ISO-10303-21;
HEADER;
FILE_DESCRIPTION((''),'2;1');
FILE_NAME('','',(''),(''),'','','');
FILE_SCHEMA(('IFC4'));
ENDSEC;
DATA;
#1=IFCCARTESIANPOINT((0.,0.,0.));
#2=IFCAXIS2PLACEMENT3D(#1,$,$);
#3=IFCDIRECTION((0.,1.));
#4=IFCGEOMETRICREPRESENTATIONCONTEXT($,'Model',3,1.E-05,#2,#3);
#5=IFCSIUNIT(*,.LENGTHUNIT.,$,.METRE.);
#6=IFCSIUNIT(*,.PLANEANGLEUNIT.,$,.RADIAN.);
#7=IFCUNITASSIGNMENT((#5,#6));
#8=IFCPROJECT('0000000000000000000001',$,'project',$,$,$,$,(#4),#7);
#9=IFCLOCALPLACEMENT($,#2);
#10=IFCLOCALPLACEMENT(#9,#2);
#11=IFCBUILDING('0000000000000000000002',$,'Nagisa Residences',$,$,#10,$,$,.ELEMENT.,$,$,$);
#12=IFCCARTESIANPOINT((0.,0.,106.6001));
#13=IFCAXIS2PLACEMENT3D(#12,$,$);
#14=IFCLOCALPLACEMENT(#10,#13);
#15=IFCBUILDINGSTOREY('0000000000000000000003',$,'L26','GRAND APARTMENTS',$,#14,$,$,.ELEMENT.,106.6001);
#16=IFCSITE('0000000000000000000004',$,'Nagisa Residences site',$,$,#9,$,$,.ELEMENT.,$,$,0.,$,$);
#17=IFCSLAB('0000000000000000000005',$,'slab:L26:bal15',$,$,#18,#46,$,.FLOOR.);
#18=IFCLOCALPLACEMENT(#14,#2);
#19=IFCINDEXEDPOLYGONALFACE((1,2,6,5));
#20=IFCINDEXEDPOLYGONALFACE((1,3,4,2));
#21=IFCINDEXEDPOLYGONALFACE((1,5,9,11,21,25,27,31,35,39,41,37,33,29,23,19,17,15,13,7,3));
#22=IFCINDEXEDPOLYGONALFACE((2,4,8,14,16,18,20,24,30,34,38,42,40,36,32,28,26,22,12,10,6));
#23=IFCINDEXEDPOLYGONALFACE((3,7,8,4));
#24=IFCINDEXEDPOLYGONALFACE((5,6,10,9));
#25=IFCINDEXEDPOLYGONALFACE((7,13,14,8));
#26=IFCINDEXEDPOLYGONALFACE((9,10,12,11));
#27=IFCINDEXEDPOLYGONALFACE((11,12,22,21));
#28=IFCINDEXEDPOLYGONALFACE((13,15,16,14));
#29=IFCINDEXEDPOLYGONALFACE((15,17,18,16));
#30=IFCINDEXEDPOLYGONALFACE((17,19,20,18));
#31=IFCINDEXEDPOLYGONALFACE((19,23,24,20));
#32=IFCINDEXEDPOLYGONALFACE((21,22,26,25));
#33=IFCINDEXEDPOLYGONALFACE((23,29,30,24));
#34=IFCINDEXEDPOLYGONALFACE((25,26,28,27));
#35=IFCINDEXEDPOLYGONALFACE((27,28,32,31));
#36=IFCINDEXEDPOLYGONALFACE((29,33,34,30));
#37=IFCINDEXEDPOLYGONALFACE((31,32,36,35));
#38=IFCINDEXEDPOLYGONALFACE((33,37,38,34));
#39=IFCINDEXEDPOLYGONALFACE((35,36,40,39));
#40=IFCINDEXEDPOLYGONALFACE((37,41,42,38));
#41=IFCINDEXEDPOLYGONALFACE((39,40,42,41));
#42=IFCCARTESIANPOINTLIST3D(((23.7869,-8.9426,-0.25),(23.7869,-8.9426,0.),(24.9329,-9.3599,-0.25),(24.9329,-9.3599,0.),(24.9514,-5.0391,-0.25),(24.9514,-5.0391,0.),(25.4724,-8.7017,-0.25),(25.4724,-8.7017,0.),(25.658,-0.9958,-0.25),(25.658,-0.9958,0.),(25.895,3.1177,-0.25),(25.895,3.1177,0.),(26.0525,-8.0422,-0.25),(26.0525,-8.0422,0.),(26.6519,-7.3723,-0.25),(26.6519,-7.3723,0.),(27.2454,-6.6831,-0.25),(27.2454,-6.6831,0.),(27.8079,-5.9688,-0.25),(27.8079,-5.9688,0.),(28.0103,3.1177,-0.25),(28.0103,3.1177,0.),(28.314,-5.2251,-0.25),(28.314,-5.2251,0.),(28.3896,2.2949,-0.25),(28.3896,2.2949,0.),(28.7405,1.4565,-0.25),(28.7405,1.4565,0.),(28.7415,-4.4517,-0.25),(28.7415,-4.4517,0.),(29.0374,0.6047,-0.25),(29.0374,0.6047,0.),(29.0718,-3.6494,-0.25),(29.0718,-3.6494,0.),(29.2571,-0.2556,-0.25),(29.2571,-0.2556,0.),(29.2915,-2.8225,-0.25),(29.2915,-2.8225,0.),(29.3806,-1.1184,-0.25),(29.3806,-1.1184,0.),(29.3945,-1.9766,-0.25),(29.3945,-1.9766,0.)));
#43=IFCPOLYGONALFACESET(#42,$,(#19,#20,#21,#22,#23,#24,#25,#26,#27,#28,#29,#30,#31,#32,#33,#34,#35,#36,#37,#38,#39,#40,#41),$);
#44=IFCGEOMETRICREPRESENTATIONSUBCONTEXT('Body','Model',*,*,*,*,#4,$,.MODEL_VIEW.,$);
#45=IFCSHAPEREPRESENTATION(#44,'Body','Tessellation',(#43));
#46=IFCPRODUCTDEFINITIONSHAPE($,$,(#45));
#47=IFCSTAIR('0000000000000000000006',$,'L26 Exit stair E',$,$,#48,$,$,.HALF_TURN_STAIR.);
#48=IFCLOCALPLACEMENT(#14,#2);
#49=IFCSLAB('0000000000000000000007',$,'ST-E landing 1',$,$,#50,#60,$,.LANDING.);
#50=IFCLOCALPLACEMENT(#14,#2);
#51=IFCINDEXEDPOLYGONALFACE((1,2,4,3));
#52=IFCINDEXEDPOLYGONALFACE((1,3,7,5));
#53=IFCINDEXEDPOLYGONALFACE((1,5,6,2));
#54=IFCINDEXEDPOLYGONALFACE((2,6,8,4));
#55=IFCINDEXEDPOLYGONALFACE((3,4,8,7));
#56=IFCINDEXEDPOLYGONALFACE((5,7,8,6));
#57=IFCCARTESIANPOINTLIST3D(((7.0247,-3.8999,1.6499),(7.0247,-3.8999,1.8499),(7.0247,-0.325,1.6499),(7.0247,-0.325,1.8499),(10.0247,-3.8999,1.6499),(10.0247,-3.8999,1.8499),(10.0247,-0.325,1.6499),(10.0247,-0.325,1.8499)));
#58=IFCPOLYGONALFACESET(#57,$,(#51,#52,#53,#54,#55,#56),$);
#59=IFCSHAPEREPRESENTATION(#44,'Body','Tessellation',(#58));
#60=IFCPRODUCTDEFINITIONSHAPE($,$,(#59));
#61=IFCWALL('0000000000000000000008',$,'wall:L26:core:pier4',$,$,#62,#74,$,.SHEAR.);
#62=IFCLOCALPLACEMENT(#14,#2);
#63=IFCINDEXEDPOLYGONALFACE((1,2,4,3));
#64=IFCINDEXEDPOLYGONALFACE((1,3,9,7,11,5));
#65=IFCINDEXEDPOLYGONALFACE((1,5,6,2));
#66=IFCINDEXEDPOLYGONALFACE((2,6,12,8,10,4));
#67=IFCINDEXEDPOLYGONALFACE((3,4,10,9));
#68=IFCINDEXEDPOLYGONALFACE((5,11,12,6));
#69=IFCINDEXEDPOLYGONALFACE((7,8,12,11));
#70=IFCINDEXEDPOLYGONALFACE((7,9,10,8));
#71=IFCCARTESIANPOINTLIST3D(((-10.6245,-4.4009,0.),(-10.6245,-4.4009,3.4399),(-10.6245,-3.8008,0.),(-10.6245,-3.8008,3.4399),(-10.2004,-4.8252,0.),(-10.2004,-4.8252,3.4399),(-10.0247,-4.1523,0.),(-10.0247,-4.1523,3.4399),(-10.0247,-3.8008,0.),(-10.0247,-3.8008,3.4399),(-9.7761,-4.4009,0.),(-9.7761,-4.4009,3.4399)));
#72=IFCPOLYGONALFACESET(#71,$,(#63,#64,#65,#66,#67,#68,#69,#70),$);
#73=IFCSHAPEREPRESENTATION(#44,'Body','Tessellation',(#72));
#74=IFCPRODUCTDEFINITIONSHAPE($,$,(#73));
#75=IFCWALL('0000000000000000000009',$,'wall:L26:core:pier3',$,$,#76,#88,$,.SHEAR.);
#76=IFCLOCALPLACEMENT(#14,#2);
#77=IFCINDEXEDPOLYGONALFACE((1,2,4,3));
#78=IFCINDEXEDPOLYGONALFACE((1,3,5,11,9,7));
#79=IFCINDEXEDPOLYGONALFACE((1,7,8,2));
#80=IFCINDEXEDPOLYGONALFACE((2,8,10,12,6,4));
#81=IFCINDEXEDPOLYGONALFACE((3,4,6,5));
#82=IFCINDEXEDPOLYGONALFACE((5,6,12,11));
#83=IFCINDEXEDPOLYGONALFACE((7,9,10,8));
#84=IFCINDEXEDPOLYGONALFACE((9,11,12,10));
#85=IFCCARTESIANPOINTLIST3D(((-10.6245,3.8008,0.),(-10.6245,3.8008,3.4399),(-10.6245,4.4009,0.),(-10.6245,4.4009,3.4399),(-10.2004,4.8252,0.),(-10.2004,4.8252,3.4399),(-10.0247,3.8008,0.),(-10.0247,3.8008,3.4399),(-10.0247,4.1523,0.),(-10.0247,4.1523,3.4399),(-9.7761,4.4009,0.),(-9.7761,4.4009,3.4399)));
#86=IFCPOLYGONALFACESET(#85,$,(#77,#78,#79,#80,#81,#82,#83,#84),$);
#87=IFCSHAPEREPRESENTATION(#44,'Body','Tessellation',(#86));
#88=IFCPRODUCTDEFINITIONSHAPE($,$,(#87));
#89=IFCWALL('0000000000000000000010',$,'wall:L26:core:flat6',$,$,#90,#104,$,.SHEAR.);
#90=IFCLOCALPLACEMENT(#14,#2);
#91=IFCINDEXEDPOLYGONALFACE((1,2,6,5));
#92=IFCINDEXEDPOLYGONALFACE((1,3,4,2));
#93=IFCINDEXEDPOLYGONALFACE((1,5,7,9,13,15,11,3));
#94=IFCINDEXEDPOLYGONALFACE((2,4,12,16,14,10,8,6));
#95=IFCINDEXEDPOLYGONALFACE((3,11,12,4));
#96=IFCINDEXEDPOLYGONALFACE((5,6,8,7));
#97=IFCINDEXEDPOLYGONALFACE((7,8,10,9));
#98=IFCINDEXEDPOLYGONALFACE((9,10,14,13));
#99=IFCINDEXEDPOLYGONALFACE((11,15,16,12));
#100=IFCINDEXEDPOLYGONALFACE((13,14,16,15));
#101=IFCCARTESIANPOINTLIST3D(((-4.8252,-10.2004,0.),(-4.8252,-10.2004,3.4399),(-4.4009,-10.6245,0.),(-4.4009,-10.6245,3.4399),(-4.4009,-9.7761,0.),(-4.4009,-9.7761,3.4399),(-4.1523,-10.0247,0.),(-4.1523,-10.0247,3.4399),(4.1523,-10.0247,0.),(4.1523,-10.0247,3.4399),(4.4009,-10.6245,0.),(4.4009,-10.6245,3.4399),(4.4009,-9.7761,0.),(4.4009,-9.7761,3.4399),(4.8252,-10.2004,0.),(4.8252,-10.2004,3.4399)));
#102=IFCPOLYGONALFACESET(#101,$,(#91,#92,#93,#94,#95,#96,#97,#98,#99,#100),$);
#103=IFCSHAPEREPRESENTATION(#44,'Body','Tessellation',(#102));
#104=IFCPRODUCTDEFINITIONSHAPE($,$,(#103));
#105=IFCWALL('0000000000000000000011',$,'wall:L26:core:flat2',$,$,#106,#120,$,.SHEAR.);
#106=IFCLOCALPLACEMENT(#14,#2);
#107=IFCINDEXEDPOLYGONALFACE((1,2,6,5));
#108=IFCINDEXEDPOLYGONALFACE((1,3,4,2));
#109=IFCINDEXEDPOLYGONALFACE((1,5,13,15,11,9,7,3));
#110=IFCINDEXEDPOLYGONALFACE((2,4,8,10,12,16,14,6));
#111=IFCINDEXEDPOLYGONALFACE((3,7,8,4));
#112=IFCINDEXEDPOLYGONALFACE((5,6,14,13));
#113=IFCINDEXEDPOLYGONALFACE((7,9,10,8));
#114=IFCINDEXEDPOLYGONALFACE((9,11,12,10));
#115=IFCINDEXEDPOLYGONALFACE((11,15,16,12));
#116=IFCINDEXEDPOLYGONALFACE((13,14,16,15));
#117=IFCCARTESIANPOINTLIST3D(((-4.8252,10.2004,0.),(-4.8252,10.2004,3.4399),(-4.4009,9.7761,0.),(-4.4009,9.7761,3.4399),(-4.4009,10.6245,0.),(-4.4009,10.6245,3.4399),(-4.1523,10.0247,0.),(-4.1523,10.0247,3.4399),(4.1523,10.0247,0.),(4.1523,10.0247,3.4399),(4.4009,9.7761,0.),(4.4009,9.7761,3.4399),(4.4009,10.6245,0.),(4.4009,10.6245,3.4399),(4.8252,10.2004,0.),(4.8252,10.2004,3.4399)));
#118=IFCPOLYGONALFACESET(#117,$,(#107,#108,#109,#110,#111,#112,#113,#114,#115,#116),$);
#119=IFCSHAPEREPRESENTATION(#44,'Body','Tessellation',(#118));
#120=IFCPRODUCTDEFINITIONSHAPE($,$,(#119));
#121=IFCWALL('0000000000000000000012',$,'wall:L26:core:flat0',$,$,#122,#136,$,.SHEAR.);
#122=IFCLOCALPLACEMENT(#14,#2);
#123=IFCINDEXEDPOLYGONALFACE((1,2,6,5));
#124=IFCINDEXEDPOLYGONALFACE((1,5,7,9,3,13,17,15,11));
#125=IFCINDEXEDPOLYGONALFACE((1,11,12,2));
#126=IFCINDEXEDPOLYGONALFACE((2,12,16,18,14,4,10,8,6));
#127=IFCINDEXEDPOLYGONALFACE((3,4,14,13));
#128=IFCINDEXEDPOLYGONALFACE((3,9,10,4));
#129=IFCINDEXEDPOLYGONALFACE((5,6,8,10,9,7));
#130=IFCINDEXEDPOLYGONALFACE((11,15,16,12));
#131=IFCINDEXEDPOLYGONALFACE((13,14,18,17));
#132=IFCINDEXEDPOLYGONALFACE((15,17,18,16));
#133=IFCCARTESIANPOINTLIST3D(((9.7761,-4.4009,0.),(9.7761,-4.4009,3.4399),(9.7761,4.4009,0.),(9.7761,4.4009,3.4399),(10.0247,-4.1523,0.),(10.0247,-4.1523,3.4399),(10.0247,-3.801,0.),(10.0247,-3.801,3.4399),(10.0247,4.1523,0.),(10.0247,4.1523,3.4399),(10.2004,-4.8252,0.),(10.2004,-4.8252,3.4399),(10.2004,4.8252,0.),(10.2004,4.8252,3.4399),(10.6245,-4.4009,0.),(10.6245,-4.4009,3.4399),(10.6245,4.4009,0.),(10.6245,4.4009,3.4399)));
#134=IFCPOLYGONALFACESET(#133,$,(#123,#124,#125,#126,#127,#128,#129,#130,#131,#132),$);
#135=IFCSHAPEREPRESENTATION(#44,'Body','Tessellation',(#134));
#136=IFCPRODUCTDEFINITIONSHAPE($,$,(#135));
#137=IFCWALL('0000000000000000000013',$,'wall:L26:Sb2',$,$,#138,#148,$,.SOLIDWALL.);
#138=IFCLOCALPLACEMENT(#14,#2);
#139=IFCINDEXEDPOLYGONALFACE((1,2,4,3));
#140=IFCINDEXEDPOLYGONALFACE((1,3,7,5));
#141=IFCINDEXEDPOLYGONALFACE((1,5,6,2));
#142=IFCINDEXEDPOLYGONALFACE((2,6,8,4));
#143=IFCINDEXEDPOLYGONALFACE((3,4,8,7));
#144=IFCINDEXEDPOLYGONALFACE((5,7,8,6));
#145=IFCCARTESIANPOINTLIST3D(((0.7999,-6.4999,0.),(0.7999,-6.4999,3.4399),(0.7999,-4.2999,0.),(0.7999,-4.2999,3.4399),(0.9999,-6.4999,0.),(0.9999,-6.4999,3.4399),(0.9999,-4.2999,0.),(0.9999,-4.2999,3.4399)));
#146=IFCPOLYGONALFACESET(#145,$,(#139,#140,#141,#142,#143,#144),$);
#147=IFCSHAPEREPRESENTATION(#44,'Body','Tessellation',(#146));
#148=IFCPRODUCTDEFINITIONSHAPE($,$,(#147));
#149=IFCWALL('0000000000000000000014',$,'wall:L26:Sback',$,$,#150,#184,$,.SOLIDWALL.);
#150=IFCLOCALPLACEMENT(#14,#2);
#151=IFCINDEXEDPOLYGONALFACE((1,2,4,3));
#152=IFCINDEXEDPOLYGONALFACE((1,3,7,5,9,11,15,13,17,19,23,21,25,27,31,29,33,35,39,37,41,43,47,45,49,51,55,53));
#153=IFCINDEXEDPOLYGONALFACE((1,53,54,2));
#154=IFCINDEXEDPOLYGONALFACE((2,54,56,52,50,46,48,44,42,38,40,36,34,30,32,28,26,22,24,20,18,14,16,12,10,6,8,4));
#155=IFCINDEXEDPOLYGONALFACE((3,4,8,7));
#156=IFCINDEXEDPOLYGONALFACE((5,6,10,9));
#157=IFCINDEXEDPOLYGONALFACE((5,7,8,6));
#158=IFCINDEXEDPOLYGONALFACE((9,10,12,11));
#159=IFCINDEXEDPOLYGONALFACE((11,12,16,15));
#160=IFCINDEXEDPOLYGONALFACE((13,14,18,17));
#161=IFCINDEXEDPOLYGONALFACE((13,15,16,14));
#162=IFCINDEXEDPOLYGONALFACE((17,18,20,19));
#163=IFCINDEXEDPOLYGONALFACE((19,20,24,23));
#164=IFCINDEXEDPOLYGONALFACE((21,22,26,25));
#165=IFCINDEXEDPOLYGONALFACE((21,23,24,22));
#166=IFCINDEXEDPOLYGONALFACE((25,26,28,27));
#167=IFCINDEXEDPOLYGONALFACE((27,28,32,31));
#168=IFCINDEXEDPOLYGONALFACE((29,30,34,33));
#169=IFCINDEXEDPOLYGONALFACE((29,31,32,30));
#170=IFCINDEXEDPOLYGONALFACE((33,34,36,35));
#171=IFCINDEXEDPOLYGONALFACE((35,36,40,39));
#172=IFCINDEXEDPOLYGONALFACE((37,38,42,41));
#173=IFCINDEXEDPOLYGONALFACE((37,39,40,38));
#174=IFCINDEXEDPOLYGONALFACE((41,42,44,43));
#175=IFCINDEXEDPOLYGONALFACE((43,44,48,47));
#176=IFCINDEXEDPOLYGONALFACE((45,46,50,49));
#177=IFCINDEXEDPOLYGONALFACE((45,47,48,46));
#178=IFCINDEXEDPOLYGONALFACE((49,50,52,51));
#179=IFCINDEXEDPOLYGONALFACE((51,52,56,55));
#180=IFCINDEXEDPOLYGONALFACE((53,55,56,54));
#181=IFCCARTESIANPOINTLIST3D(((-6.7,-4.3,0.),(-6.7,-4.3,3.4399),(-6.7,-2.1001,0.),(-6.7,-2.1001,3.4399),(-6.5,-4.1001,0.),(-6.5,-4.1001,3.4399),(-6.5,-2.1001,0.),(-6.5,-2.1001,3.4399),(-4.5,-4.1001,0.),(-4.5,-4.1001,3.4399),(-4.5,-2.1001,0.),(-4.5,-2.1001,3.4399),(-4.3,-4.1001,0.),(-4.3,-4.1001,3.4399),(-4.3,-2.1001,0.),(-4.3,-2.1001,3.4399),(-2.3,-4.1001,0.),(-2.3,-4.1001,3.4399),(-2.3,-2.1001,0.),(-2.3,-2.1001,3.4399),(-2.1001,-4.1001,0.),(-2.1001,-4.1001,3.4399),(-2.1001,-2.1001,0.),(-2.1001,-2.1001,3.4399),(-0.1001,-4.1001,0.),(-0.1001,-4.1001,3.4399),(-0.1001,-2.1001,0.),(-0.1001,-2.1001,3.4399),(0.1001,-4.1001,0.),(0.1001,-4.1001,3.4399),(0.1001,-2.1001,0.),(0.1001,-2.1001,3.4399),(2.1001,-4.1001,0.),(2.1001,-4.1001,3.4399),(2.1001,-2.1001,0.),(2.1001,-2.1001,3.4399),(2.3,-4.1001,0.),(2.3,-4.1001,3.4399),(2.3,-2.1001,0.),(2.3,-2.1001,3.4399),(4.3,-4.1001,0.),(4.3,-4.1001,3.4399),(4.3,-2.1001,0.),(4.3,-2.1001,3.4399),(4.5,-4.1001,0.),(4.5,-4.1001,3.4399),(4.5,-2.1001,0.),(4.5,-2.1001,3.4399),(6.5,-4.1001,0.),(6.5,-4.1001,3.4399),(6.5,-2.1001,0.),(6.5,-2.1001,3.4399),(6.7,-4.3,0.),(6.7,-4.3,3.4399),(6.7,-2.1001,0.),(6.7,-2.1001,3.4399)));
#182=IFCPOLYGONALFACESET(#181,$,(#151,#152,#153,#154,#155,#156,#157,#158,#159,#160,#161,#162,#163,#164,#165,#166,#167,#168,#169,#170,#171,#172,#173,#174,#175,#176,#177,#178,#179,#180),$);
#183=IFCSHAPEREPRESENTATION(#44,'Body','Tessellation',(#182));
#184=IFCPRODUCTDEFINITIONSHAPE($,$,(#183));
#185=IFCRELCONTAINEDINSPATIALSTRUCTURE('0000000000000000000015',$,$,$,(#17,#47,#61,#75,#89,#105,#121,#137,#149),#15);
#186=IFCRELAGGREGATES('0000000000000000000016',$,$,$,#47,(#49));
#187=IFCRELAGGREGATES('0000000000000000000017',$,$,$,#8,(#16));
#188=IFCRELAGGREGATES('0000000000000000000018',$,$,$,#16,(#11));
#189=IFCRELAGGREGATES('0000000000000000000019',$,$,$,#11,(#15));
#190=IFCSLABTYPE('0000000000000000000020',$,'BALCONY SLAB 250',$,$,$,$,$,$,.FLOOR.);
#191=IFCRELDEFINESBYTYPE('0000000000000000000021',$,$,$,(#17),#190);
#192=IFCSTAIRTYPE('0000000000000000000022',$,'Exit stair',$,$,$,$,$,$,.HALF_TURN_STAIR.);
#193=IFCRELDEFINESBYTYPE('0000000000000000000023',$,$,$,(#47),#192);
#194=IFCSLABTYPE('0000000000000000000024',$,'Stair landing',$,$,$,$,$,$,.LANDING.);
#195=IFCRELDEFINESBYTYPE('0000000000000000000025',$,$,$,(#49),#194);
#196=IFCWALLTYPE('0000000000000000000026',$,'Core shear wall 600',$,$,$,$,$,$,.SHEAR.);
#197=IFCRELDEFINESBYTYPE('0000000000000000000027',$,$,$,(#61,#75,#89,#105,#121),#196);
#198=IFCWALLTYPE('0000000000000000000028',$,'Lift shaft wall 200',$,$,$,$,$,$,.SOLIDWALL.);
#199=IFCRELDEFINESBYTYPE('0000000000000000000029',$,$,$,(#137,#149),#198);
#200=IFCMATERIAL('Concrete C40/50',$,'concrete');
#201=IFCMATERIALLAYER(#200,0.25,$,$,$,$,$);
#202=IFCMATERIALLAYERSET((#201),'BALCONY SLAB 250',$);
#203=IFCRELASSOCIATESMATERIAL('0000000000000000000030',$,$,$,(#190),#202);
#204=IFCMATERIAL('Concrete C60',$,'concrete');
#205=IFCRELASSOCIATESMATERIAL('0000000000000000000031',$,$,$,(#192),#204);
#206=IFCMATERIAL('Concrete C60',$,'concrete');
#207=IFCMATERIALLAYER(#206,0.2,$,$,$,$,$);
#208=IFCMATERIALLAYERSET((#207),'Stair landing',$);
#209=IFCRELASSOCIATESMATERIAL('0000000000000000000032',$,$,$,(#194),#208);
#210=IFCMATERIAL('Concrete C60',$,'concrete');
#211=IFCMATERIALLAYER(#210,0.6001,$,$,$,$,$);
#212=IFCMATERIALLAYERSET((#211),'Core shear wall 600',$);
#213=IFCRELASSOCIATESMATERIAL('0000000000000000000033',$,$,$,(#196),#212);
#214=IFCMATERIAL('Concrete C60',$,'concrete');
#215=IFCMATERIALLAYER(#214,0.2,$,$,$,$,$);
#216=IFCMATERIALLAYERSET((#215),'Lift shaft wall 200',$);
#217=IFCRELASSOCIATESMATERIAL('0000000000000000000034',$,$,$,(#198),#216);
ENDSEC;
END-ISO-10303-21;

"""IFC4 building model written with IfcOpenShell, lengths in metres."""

from ifc_helpers import new_model, si_unit, direction, frame, frame_2d, origin, place, context, subcontext, project, spatial, polyline, rectangle, outline, extrude, material, layer, layer_set, type_object, element, aggregate, save


model = new_model("IFC4")

# Units and contexts
model_context = context("Model", 3, precision=1e-05, world=origin(), true_north=direction((0.0, 1.0)))
body_context = subcontext(model_context, "Body", "Model", "MODEL_VIEW")
ifc_project = project(units=[si_unit("LENGTHUNIT", "METRE"), si_unit("PLANEANGLEUNIT", "RADIAN")], contexts=[model_context])

# Site, building, storey
site_placement = place(None, origin())
site = spatial("IfcSite", under=ifc_project, at=site_placement, Name="Nagisa Residences site", CompositionType="ELEMENT", RefElevation=0.0)
building_placement = place(site_placement, origin())
building = spatial("IfcBuilding", under=site, at=building_placement, Name="Nagisa Residences", CompositionType="ELEMENT")
storey_placement = place(building_placement, frame((0.0, 0.0, 106.6001)))
storey = spatial("IfcBuildingStorey", under=building, at=storey_placement, Name="L26", Description="GRAND APARTMENTS", CompositionType="ELEMENT", Elevation=106.6001)

# Slab
ifc_material_1 = material(Name="Concrete C40/50", Category="concrete")
ifc_layer_1 = layer(ifc_material_1, 0.25)
ifc_layer_set_1 = layer_set([ifc_layer_1], Name="BALCONY SLAB 250")
slab_type_1 = type_object("IfcSlabType", Name="BALCONY SLAB 250", PredefinedType="FLOOR", material=ifc_layer_set_1)
slab_1_placement = place(storey_placement, frame((0.0, 0.0, -0.25)))
element("IfcSlab", 1, at=slab_1_placement, inside=storey, type_object=slab_type_1, Name="slab:L26:bal15", PredefinedType="FLOOR", context=body_context, shape_type="SweptSolid", body=[
    extrude(outline(polyline([(24.9329, -9.3599), (25.4724, -8.7017), (26.0525, -8.0422), (26.6519, -7.3723), (27.2454, -6.6831), (27.8079, -5.9688), (28.314, -5.2251), (28.7415, -4.4517), (29.0718, -3.6494), (29.2915, -2.8225), (29.3945, -1.9766), (29.3806, -1.1184), (29.2571, -0.2556), (29.0374, 0.6047), (28.7405, 1.4565), (28.3896, 2.2949), (28.0103, 3.1177), (25.895, 3.1177), (25.658, -0.9958), (24.9514, -5.0391), (23.7869, -8.9426), (24.9329, -9.3599)])), origin(), (0.0, 0.0, 1.0), 0.25),
])

# Stair, slab
ifc_material_2 = material(Name="Concrete C60", Category="concrete")
stair_type = type_object("IfcStairType", Name="Exit stair", PredefinedType="HALF_TURN_STAIR", material=ifc_material_2)
stair_1_placement = place(storey_placement, origin())
stair_1 = element("IfcStair", 2, at=stair_1_placement, inside=storey, type_object=stair_type, Name="L26 Exit stair E", PredefinedType="HALF_TURN_STAIR")
ifc_material_3 = material(Name="Concrete C60", Category="concrete")
ifc_layer_2 = layer(ifc_material_3, 0.2)
ifc_layer_set_2 = layer_set([ifc_layer_2], Name="Stair landing")
slab_type_2 = type_object("IfcSlabType", Name="Stair landing", PredefinedType="LANDING", material=ifc_layer_set_2)
slab_2_placement = place(storey_placement, frame((0.0, 0.0, 1.6499)))
slab_2 = element("IfcSlab", 3, at=slab_2_placement, type_object=slab_type_2, Name="ST-E landing 1", PredefinedType="LANDING", context=body_context, shape_type="SweptSolid", body=[
    extrude(outline(polyline([(7.0247, -0.325), (7.0247, -3.8999), (10.0247, -3.8999), (10.0247, -0.325), (7.0247, -0.325)])), origin(), (0.0, 0.0, 1.0), 0.2),
])
aggregate(stair_1, [slab_2])

# Walls
ifc_material_4 = material(Name="Concrete C60", Category="concrete")
ifc_layer_3 = layer(ifc_material_4, 0.6001)
ifc_layer_set_3 = layer_set([ifc_layer_3], Name="Core shear wall 600")
wall_type_1 = type_object("IfcWallType", Name="Core shear wall 600", PredefinedType="SHEAR", material=ifc_layer_set_3)
wall_1_placement = place(storey_placement, origin())
element("IfcWall", 4, at=wall_1_placement, inside=storey, type_object=wall_type_1, Name="wall:L26:core:pier4", PredefinedType="SHEAR", context=body_context, shape_type="SweptSolid", body=[
    extrude(outline(polyline([(-10.6245, -3.8008), (-10.0247, -3.8008), (-10.0247, -4.1523), (-9.7761, -4.4009), (-10.2004, -4.8252), (-10.6245, -4.4009), (-10.6245, -3.8008)])), origin(), (0.0, 0.0, 1.0), 3.4399),
])
wall_2_placement = place(storey_placement, origin())
element("IfcWall", 5, at=wall_2_placement, inside=storey, type_object=wall_type_1, Name="wall:L26:core:pier3", PredefinedType="SHEAR", context=body_context, shape_type="SweptSolid", body=[
    extrude(outline(polyline([(-10.2004, 4.8252), (-9.7761, 4.4009), (-10.0247, 4.1523), (-10.0247, 3.8008), (-10.6245, 3.8008), (-10.6245, 4.4009), (-10.2004, 4.8252)])), origin(), (0.0, 0.0, 1.0), 3.4399),
])
wall_3_placement = place(storey_placement, origin())
element("IfcWall", 6, at=wall_3_placement, inside=storey, type_object=wall_type_1, Name="wall:L26:core:flat6", PredefinedType="SHEAR", context=body_context, shape_type="SweptSolid", body=[
    extrude(outline(polyline([(-4.1523, -10.0247), (4.1523, -10.0247), (4.4009, -9.7761), (4.8252, -10.2004), (4.4009, -10.6245), (-4.4009, -10.6245), (-4.8252, -10.2004), (-4.4009, -9.7761), (-4.1523, -10.0247)])), origin(), (0.0, 0.0, 1.0), 3.4399),
])
wall_4_placement = place(storey_placement, origin())
element("IfcWall", 7, at=wall_4_placement, inside=storey, type_object=wall_type_1, Name="wall:L26:core:flat2", PredefinedType="SHEAR", context=body_context, shape_type="SweptSolid", body=[
    extrude(outline(polyline([(-4.1523, 10.0247), (-4.4009, 9.7761), (-4.8252, 10.2004), (-4.4009, 10.6245), (4.4009, 10.6245), (4.8252, 10.2004), (4.4009, 9.7761), (4.1523, 10.0247), (-4.1523, 10.0247)])), origin(), (0.0, 0.0, 1.0), 3.4399),
])
wall_5_placement = place(storey_placement, origin())
element("IfcWall", 8, at=wall_5_placement, inside=storey, type_object=wall_type_1, Name="wall:L26:core:flat0", PredefinedType="SHEAR", context=body_context, shape_type="SweptSolid", body=[
    extrude(outline(polyline([(9.7761, -4.4009), (10.0247, -4.1523), (10.0247, -3.801), (10.0247, 4.1523), (9.7761, 4.4009), (10.2004, 4.8252), (10.6245, 4.4009), (10.6245, -4.4009), (10.2004, -4.8252), (9.7761, -4.4009)])), origin(), (0.0, 0.0, 1.0), 3.4399),
])
ifc_material_5 = material(Name="Concrete C60", Category="concrete")
ifc_layer_4 = layer(ifc_material_5, 0.2)
ifc_layer_set_4 = layer_set([ifc_layer_4], Name="Lift shaft wall 200")
wall_type_2 = type_object("IfcWallType", Name="Lift shaft wall 200", PredefinedType="SOLIDWALL", material=ifc_layer_set_4)
wall_6_placement = place(storey_placement, frame((0.8999, -6.5, 0.0), z_axis=(0.0, 0.0, 1.0), x_axis=(0.0, 1.0, 0.0)))
element("IfcWall", 9, at=wall_6_placement, inside=storey, type_object=wall_type_2, Name="wall:L26:Sb2", PredefinedType="SOLIDWALL", context=body_context, shape_type="SweptSolid", body=[
    extrude(rectangle(XDim=2.2, YDim=0.2, at=frame_2d((1.1001, 0.0))), origin(), (0.0, 0.0, 1.0), 3.4399),
])
wall_7_placement = place(storey_placement, origin())
element("IfcWall", 10, at=wall_7_placement, inside=storey, type_object=wall_type_2, Name="wall:L26:Sback", PredefinedType="SOLIDWALL", context=body_context, shape_type="SweptSolid", body=[
    extrude(outline(polyline([(-6.7, -2.1001), (-6.5, -2.1001), (-6.5, -4.1001), (-4.5, -4.1001), (-4.5, -2.1001), (-4.3, -2.1001), (-4.3, -4.1001), (-2.3, -4.1001), (-2.3, -2.1001), (-2.1001, -2.1001), (-2.1001, -4.1001), (-0.1001, -4.1001), (-0.1001, -2.1001), (0.1001, -2.1001), (0.1001, -4.1001), (2.1001, -4.1001), (2.1001, -2.1001), (2.3, -2.1001), (2.3, -4.1001), (4.3, -4.1001), (4.3, -2.1001), (4.5, -2.1001), (4.5, -4.1001), (6.5, -4.1001), (6.5, -2.1001), (6.7, -2.1001), (6.7, -4.3), (-6.7, -4.3), (-6.7, -2.1001)])), origin(), (0.0, 0.0, 1.0), 3.4399),
])

save(model, "model.ifc")
